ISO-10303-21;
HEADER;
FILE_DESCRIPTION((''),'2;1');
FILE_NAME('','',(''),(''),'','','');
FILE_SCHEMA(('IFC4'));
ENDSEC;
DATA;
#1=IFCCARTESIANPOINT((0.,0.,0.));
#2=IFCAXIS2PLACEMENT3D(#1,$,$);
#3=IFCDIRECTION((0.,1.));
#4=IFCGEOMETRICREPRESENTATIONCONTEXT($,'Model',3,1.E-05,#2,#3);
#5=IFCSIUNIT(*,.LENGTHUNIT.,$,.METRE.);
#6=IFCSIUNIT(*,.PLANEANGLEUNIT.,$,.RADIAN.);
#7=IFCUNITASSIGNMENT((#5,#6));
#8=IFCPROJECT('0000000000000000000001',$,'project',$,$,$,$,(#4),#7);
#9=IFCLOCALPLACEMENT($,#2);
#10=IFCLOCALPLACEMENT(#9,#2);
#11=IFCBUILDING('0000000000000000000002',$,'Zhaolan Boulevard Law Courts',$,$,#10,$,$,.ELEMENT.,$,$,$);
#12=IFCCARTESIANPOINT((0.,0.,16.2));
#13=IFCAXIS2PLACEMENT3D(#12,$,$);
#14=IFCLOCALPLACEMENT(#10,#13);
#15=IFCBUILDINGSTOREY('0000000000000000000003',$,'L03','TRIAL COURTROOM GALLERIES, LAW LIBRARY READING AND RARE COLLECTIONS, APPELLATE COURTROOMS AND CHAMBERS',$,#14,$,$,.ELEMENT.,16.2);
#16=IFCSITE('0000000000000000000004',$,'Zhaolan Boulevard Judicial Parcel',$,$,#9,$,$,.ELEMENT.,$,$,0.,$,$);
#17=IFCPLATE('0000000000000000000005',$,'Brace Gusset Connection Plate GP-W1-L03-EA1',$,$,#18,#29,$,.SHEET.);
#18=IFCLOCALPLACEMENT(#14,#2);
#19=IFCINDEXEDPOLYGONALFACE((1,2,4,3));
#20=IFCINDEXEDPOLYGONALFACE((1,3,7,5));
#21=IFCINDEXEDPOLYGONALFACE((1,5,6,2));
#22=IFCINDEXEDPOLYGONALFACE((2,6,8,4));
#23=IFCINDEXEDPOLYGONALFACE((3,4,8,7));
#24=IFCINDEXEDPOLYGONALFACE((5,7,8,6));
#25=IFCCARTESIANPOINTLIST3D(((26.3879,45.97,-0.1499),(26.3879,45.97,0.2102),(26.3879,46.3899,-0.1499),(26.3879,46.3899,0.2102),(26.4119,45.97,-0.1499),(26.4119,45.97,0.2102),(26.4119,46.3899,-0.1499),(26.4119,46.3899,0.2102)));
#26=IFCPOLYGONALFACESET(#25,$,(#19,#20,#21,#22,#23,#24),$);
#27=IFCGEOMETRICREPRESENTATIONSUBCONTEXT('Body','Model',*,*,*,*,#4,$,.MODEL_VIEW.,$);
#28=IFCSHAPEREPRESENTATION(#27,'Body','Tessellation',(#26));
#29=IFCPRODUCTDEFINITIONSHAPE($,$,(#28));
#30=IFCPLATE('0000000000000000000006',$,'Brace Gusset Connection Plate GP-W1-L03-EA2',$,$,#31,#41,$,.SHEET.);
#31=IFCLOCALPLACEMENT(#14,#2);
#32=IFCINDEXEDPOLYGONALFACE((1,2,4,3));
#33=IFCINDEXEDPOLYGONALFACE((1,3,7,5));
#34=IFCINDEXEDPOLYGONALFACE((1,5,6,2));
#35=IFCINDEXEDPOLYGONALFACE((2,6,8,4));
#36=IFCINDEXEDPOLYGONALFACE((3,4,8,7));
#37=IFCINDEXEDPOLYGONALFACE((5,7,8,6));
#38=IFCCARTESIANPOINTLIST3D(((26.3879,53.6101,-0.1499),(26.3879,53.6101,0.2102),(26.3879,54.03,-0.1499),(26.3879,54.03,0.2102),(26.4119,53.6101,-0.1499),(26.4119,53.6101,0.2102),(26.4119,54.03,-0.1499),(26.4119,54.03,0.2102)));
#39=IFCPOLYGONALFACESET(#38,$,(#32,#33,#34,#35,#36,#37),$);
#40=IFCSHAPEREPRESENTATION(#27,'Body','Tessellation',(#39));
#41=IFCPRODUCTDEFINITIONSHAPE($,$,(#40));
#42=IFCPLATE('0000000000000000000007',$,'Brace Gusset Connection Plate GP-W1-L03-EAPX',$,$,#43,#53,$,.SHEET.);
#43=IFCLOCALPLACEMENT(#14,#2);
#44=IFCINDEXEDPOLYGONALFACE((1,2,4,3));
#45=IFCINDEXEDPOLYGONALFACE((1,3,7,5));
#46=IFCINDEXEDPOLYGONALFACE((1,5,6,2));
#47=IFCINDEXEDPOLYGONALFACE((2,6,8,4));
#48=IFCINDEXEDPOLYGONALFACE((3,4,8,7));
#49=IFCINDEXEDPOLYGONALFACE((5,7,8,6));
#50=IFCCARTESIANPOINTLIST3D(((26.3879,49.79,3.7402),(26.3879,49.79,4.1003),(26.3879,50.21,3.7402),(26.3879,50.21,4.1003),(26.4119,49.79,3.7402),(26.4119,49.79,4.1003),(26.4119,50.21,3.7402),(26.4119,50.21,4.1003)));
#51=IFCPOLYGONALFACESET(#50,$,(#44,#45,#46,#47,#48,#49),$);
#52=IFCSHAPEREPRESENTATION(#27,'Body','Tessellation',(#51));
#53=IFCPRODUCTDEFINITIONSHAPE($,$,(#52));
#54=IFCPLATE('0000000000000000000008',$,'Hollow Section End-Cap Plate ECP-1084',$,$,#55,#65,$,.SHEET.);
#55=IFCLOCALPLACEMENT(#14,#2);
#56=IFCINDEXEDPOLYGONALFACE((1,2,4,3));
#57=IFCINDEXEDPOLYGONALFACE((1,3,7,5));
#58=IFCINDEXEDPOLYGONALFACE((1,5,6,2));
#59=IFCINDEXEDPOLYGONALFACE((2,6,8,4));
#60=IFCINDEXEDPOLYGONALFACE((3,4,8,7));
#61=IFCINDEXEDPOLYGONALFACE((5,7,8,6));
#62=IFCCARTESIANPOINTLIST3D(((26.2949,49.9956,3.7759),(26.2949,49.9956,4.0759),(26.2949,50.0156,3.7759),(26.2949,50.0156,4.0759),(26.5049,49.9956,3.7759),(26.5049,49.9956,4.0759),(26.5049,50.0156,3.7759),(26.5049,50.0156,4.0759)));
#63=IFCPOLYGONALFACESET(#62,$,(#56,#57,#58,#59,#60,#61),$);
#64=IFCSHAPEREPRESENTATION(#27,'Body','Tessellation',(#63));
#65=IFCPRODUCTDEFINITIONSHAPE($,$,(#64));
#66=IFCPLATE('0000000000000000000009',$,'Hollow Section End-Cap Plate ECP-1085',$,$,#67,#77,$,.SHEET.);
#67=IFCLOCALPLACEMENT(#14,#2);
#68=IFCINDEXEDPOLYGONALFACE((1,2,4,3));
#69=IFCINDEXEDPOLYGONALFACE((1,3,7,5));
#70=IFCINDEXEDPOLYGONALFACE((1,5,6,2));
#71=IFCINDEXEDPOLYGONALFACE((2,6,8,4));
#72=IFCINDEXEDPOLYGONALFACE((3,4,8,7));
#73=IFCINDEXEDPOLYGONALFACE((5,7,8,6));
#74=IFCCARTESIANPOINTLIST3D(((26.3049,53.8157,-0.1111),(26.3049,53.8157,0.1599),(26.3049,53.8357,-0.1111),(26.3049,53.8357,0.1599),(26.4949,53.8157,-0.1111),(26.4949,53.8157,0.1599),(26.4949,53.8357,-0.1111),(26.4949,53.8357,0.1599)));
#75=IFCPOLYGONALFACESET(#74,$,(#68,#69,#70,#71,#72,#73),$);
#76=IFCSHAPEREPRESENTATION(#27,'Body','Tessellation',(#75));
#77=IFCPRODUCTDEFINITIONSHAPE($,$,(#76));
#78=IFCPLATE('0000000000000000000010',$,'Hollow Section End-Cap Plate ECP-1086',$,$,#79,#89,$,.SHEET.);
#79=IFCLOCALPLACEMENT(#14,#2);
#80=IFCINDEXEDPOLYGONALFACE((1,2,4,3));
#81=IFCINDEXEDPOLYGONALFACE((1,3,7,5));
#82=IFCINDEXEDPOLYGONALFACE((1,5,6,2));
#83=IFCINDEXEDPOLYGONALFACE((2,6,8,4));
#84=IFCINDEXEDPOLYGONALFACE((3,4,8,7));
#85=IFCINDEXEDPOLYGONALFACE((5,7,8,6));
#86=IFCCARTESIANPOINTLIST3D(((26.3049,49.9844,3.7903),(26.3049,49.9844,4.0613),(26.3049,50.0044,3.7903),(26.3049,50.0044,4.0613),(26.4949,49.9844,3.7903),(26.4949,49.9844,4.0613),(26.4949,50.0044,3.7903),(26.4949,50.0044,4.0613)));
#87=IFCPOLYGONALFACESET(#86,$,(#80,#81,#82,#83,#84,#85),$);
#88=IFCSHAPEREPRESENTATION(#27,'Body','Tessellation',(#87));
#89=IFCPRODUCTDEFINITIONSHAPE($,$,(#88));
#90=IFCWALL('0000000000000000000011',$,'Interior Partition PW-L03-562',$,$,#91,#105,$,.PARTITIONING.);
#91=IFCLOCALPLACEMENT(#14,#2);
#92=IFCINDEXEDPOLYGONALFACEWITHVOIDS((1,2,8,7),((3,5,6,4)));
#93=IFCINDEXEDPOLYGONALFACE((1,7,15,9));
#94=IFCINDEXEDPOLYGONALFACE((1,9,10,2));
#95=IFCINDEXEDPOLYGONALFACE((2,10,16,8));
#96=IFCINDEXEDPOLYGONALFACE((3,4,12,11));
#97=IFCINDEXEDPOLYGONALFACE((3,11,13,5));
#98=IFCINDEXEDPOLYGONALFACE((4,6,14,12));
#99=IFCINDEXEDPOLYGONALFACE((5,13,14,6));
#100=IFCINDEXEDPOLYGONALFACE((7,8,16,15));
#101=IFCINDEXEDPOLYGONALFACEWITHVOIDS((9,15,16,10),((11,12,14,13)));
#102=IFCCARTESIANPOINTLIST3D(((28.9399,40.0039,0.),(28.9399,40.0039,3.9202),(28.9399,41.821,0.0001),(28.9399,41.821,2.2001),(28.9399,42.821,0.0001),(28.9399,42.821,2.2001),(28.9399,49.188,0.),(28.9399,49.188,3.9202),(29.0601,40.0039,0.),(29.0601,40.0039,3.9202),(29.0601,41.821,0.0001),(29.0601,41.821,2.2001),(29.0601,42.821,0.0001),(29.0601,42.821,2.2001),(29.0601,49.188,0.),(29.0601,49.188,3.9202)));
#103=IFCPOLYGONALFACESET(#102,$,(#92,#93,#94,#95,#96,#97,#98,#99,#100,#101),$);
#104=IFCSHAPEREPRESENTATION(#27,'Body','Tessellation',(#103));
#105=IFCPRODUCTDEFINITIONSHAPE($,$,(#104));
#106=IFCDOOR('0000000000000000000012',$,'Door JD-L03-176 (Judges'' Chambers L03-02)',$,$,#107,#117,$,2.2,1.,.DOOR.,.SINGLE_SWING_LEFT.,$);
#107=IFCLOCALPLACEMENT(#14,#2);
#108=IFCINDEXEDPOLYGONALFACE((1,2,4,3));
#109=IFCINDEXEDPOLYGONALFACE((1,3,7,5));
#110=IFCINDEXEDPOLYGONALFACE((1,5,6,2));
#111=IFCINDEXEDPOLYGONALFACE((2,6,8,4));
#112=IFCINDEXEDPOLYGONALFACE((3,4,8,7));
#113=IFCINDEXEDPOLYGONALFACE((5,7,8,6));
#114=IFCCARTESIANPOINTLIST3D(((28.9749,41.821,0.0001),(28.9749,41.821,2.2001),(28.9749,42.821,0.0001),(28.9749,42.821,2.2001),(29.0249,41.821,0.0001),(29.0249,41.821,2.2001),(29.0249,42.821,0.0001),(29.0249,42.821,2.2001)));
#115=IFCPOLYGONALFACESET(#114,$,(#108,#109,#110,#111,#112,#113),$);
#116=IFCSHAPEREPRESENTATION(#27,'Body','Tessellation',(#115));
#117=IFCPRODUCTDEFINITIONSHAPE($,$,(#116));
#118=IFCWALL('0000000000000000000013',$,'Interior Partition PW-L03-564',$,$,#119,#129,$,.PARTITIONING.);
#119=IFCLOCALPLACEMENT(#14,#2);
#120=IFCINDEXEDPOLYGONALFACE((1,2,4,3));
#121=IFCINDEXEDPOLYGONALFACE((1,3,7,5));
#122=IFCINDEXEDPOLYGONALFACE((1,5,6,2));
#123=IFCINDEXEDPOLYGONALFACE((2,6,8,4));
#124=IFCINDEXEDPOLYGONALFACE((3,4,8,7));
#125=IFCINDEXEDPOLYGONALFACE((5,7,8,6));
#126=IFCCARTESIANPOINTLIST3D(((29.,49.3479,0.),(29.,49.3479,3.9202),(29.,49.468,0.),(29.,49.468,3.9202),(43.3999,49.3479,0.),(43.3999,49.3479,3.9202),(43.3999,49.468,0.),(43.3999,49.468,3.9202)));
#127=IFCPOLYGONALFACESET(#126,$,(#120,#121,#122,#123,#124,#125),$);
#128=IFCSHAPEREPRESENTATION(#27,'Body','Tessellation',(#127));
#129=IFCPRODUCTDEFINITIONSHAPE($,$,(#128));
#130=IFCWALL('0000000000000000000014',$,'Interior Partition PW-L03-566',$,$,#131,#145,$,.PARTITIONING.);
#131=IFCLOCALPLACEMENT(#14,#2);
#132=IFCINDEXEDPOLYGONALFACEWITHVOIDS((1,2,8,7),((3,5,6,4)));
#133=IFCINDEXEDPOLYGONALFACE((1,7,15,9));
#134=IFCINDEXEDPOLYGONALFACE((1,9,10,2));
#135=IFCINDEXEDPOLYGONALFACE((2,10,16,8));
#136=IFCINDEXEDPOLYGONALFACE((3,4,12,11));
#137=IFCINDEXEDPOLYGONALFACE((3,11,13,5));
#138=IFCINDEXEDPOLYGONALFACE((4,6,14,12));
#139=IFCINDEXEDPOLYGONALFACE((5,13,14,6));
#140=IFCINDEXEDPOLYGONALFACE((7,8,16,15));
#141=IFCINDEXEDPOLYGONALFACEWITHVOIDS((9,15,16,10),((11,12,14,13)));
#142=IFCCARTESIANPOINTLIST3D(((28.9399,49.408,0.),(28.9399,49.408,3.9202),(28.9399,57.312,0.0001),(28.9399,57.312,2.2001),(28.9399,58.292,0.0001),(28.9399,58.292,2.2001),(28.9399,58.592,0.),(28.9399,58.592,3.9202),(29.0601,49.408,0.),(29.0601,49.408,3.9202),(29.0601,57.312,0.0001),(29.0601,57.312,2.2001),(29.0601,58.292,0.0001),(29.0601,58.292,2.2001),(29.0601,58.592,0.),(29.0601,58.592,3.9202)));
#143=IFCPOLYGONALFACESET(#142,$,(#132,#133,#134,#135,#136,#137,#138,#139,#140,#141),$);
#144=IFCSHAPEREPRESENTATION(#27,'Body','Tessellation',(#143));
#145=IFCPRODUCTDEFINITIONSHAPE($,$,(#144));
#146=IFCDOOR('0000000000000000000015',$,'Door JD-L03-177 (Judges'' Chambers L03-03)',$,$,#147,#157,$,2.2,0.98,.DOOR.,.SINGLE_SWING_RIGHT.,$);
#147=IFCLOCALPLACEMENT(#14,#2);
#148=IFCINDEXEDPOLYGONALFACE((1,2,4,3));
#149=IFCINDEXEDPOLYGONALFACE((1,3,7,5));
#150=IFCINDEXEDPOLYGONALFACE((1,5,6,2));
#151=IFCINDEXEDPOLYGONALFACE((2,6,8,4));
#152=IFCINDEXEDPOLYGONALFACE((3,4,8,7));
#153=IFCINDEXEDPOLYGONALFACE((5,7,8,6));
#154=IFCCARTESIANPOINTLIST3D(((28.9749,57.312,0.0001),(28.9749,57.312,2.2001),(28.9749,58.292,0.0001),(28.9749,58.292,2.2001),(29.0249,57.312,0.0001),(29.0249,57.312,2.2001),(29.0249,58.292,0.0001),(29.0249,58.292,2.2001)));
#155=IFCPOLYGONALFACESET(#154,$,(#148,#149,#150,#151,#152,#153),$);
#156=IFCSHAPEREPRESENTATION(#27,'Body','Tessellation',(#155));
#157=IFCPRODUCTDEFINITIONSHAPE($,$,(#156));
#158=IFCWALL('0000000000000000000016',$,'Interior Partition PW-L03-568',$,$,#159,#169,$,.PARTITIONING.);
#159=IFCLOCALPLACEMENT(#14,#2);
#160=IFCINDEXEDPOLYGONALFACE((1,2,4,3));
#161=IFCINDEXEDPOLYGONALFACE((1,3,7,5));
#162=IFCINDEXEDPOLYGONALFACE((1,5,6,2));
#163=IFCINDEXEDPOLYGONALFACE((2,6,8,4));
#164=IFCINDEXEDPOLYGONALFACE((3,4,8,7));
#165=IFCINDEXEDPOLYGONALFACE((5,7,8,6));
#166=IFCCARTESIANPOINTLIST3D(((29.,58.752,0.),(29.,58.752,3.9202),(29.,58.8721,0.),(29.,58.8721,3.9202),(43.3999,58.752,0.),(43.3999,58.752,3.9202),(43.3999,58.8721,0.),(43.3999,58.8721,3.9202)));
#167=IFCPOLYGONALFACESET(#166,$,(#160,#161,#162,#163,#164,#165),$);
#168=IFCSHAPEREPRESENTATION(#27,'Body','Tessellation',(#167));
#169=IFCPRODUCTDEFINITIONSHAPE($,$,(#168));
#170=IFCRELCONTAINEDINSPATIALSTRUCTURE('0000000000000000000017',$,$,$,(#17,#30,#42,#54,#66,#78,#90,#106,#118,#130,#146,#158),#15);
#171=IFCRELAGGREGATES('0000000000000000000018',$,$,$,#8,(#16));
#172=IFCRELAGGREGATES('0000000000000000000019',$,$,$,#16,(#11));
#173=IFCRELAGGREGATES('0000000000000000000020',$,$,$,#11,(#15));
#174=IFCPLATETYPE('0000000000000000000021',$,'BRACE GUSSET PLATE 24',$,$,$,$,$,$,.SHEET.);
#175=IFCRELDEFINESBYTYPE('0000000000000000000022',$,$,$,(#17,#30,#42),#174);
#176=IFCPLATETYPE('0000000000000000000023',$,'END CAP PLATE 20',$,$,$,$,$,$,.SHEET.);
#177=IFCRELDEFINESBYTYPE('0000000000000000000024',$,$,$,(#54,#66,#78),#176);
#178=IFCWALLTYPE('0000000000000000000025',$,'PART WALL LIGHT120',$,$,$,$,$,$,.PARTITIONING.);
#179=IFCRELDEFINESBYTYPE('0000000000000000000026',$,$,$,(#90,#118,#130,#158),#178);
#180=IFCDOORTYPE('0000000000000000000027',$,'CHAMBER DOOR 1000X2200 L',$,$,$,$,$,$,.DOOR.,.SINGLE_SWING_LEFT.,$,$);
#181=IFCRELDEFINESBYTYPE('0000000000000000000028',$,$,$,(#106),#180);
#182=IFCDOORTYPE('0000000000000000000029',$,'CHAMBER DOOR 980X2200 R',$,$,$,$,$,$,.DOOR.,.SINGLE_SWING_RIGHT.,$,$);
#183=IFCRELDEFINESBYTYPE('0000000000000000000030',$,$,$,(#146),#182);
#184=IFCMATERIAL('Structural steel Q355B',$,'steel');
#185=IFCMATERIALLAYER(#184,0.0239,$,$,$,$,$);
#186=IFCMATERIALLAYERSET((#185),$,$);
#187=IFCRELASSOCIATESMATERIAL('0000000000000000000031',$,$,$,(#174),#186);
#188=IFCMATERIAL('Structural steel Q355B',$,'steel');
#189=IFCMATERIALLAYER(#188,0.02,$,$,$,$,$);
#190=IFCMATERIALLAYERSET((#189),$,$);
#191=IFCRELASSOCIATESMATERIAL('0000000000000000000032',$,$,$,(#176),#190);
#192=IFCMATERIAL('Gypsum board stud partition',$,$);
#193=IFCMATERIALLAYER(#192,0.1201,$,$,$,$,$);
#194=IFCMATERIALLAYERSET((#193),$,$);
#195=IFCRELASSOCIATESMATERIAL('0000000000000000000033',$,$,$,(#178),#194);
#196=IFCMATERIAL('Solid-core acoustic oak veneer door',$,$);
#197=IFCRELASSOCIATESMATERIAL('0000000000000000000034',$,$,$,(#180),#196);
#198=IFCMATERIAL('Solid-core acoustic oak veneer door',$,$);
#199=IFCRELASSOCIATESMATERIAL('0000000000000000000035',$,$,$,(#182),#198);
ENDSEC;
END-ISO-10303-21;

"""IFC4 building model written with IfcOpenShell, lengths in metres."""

from ifc_helpers import new_model, si_unit, direction, frame, frame_2d, origin, origin_2d, place, context, subcontext, project, spatial, rectangle, extrude, material, layer, layer_set, type_object, element, fill, save


model = new_model("IFC4")

# Units and contexts
model_context = context("Model", 3, precision=1e-05, world=origin(), true_north=direction((0.0, 1.0)))
body_context = subcontext(model_context, "Body", "Model", "MODEL_VIEW")
ifc_project = project(units=[si_unit("LENGTHUNIT", "METRE"), si_unit("PLANEANGLEUNIT", "RADIAN")], contexts=[model_context])

# Site, building, storey
site_placement = place(None, origin())
site = spatial("IfcSite", under=ifc_project, at=site_placement, Name="Zhaolan Boulevard Judicial Parcel", CompositionType="ELEMENT", RefElevation=0.0)
building_placement = place(site_placement, origin())
building = spatial("IfcBuilding", under=site, at=building_placement, Name="Zhaolan Boulevard Law Courts", CompositionType="ELEMENT")
storey_placement = place(building_placement, frame((0.0, 0.0, 16.2)))
storey = spatial("IfcBuildingStorey", under=building, at=storey_placement, Name="L03", Description="TRIAL COURTROOM GALLERIES, LAW LIBRARY READING AND RARE COLLECTIONS, APPELLATE COURTROOMS AND CHAMBERS", CompositionType="ELEMENT", Elevation=16.2)

# Plates
ifc_material_1 = material(Name="Structural steel Q355B", Category="steel")
ifc_layer_1 = layer(ifc_material_1, 0.0239)
ifc_layer_set_1 = layer_set([ifc_layer_1])
plate_type_1 = type_object("IfcPlateType", Name="BRACE GUSSET PLATE 24", PredefinedType="SHEET", material=ifc_layer_set_1)
for number, where, z_axis, x_axis, name in (
    (1, (26.3999, 46.1799, -0.1499), (0.0, 0.0, 1.0), (0.0, 1.0, 0.0), "Brace Gusset Connection Plate GP-W1-L03-EA1"),
    (2, (26.3999, 53.8201, -0.1499), (0.0, 0.0, 1.0), (0.0, 1.0, 0.0), "Brace Gusset Connection Plate GP-W1-L03-EA2"),
    (3, (26.3999, 50.0, 3.7402), (0.0, 0.0, 1.0), (0.0, 1.0, 0.0), "Brace Gusset Connection Plate GP-W1-L03-EAPX"),
):
    element("IfcPlate", number, at=place(storey_placement, frame(where, z_axis=z_axis, x_axis=x_axis)), inside=storey, type_object=plate_type_1, Name=name, PredefinedType="SHEET", context=body_context, shape_type="SweptSolid", body=[
        extrude(rectangle(XDim=0.4199, YDim=0.0239, at=origin_2d()), origin(), (0.0, 0.0, 1.0), 0.3601),
    ])
ifc_material_2 = material(Name="Structural steel Q355B", Category="steel")
ifc_layer_2 = layer(ifc_material_2, 0.02)
ifc_layer_set_2 = layer_set([ifc_layer_2])
plate_type_2 = type_object("IfcPlateType", Name="END CAP PLATE 20", PredefinedType="SHEET", material=ifc_layer_set_2)
plate_placement = place(storey_placement, frame((26.3999, 50.0056, 3.7759), z_axis=(0.0, 0.0, 1.0), x_axis=(0.0, 1.0, 0.0)))
element("IfcPlate", 4, at=plate_placement, inside=storey, type_object=plate_type_2, Name="Hollow Section End-Cap Plate ECP-1084", PredefinedType="SHEET", context=body_context, shape_type="SweptSolid", body=[
    extrude(rectangle(XDim=0.02, YDim=0.21, at=origin_2d()), origin(), (0.0, 0.0, 1.0), 0.3),
])
for number, where, z_axis, x_axis, name in (
    (5, (26.3999, 53.8257, -0.1111), (0.0, 0.0, 1.0), (0.0, -1.0, 0.0), "Hollow Section End-Cap Plate ECP-1085"),
    (6, (26.3999, 49.9944, 3.7903), (0.0, 0.0, 1.0), (0.0, -1.0, 0.0), "Hollow Section End-Cap Plate ECP-1086"),
):
    element("IfcPlate", number, at=place(storey_placement, frame(where, z_axis=z_axis, x_axis=x_axis)), inside=storey, type_object=plate_type_2, Name=name, PredefinedType="SHEET", context=body_context, shape_type="SweptSolid", body=[
        extrude(rectangle(XDim=0.02, YDim=0.1899, at=origin_2d()), origin(), (0.0, 0.0, 1.0), 0.271),
    ])

# Wall, opening, door
ifc_material_3 = material(Name="Gypsum board stud partition")
ifc_layer_3 = layer(ifc_material_3, 0.1201)
ifc_layer_set_3 = layer_set([ifc_layer_3])
wall_type_1 = type_object("IfcWallType", Name="PART WALL LIGHT120", PredefinedType="PARTITIONING", material=ifc_layer_set_3)
wall_1_placement = place(storey_placement, frame((29.0, 49.188, 0.0), z_axis=(0.0, 0.0, 1.0), x_axis=(0.0, -1.0, 0.0)))
wall_1 = element("IfcWall", 7, at=wall_1_placement, inside=storey, type_object=wall_type_1, Name="Interior Partition PW-L03-562", PredefinedType="PARTITIONING", context=body_context, shape_type="SweptSolid", body=[
    extrude(rectangle(XDim=9.1841, YDim=0.1201, at=frame_2d((4.592, 0.0))), origin(), (0.0, 0.0, 1.0), 3.9202),
])
opening_1_placement = place(wall_1_placement, frame((6.3669, 0.0, 0.0)))
opening_1 = element("IfcOpeningElement", 8, at=opening_1_placement, cuts=wall_1, PredefinedType="OPENING", context=body_context, shape_type="SweptSolid", body=[
    extrude(rectangle(XDim=1.0, YDim=2.2, at=frame_2d((0.5, 1.1001))), frame((0.0, 0.0701, 0.0), z_axis=(0.0, -1.0, 0.0), x_axis=(1.0, 0.0, 0.0)), (0.0, 0.0, 1.0), 0.1401),
])
ifc_material_4 = material(Name="Solid-core acoustic oak veneer door")
door_type_1 = type_object("IfcDoorType", Name="CHAMBER DOOR 1000X2200 L", OperationType="SINGLE_SWING_LEFT", PredefinedType="DOOR", material=ifc_material_4)
door_1_placement = place(opening_1_placement, origin())
door_1 = element("IfcDoor", 9, at=door_1_placement, inside=storey, type_object=door_type_1, Name="Door JD-L03-176 (Judges' Chambers L03-02)", OperationType="SINGLE_SWING_LEFT", OverallHeight=2.2, OverallWidth=1.0, PredefinedType="DOOR", context=body_context, shape_type="SweptSolid", body=[
    extrude(rectangle(XDim=1.0, YDim=2.2, at=frame_2d((0.5, 1.1001))), frame((0.0, 0.0249, 0.0), z_axis=(0.0, -1.0, 0.0), x_axis=(1.0, 0.0, 0.0)), (0.0, 0.0, 1.0), 0.05),
])
fill(opening_1, door_1)

# Wall
wall_2_placement = place(storey_placement, frame((29.0, 49.408, 0.0), z_axis=(0.0, 0.0, 1.0), x_axis=(1.0, 0.0, 0.0)))
element("IfcWall", 10, at=wall_2_placement, inside=storey, type_object=wall_type_1, Name="Interior Partition PW-L03-564", PredefinedType="PARTITIONING", context=body_context, shape_type="SweptSolid", body=[
    extrude(rectangle(XDim=14.3999, YDim=0.1201, at=frame_2d((7.2, 0.0))), origin(), (0.0, 0.0, 1.0), 3.9202),
])

# Wall, opening, door
wall_3_placement = place(storey_placement, frame((29.0, 58.592, 0.0), z_axis=(0.0, 0.0, 1.0), x_axis=(0.0, -1.0, 0.0)))
wall_3 = element("IfcWall", 11, at=wall_3_placement, inside=storey, type_object=wall_type_1, Name="Interior Partition PW-L03-566", PredefinedType="PARTITIONING", context=body_context, shape_type="SweptSolid", body=[
    extrude(rectangle(XDim=9.1841, YDim=0.1201, at=frame_2d((4.592, 0.0))), origin(), (0.0, 0.0, 1.0), 3.9202),
])
opening_2_placement = place(wall_3_placement, frame((0.3, 0.0, 0.0)))
opening_2 = element("IfcOpeningElement", 12, at=opening_2_placement, cuts=wall_3, PredefinedType="OPENING", context=body_context, shape_type="SweptSolid", body=[
    extrude(rectangle(XDim=0.98, YDim=2.2, at=frame_2d((0.49, 1.1001))), frame((0.0, 0.0701, 0.0), z_axis=(0.0, -1.0, 0.0), x_axis=(1.0, 0.0, 0.0)), (0.0, 0.0, 1.0), 0.1401),
])
ifc_material_5 = material(Name="Solid-core acoustic oak veneer door")
door_type_2 = type_object("IfcDoorType", Name="CHAMBER DOOR 980X2200 R", OperationType="SINGLE_SWING_RIGHT", PredefinedType="DOOR", material=ifc_material_5)
door_2_placement = place(opening_2_placement, origin())
door_2 = element("IfcDoor", 13, at=door_2_placement, inside=storey, type_object=door_type_2, Name="Door JD-L03-177 (Judges' Chambers L03-03)", OperationType="SINGLE_SWING_RIGHT", OverallHeight=2.2, OverallWidth=0.98, PredefinedType="DOOR", context=body_context, shape_type="SweptSolid", body=[
    extrude(rectangle(XDim=0.98, YDim=2.2, at=frame_2d((0.49, 1.1001))), frame((0.0, 0.0249, 0.0), z_axis=(0.0, -1.0, 0.0), x_axis=(1.0, 0.0, 0.0)), (0.0, 0.0, 1.0), 0.05),
])
fill(opening_2, door_2)

# Wall
wall_4_placement = place(storey_placement, frame((29.0, 58.812, 0.0), z_axis=(0.0, 0.0, 1.0), x_axis=(1.0, 0.0, 0.0)))
element("IfcWall", 14, at=wall_4_placement, inside=storey, type_object=wall_type_1, Name="Interior Partition PW-L03-568", PredefinedType="PARTITIONING", context=body_context, shape_type="SweptSolid", body=[
    extrude(rectangle(XDim=14.3999, YDim=0.1201, at=frame_2d((7.2, 0.0))), origin(), (0.0, 0.0, 1.0), 3.9202),
])

save(model, "model.ifc")
